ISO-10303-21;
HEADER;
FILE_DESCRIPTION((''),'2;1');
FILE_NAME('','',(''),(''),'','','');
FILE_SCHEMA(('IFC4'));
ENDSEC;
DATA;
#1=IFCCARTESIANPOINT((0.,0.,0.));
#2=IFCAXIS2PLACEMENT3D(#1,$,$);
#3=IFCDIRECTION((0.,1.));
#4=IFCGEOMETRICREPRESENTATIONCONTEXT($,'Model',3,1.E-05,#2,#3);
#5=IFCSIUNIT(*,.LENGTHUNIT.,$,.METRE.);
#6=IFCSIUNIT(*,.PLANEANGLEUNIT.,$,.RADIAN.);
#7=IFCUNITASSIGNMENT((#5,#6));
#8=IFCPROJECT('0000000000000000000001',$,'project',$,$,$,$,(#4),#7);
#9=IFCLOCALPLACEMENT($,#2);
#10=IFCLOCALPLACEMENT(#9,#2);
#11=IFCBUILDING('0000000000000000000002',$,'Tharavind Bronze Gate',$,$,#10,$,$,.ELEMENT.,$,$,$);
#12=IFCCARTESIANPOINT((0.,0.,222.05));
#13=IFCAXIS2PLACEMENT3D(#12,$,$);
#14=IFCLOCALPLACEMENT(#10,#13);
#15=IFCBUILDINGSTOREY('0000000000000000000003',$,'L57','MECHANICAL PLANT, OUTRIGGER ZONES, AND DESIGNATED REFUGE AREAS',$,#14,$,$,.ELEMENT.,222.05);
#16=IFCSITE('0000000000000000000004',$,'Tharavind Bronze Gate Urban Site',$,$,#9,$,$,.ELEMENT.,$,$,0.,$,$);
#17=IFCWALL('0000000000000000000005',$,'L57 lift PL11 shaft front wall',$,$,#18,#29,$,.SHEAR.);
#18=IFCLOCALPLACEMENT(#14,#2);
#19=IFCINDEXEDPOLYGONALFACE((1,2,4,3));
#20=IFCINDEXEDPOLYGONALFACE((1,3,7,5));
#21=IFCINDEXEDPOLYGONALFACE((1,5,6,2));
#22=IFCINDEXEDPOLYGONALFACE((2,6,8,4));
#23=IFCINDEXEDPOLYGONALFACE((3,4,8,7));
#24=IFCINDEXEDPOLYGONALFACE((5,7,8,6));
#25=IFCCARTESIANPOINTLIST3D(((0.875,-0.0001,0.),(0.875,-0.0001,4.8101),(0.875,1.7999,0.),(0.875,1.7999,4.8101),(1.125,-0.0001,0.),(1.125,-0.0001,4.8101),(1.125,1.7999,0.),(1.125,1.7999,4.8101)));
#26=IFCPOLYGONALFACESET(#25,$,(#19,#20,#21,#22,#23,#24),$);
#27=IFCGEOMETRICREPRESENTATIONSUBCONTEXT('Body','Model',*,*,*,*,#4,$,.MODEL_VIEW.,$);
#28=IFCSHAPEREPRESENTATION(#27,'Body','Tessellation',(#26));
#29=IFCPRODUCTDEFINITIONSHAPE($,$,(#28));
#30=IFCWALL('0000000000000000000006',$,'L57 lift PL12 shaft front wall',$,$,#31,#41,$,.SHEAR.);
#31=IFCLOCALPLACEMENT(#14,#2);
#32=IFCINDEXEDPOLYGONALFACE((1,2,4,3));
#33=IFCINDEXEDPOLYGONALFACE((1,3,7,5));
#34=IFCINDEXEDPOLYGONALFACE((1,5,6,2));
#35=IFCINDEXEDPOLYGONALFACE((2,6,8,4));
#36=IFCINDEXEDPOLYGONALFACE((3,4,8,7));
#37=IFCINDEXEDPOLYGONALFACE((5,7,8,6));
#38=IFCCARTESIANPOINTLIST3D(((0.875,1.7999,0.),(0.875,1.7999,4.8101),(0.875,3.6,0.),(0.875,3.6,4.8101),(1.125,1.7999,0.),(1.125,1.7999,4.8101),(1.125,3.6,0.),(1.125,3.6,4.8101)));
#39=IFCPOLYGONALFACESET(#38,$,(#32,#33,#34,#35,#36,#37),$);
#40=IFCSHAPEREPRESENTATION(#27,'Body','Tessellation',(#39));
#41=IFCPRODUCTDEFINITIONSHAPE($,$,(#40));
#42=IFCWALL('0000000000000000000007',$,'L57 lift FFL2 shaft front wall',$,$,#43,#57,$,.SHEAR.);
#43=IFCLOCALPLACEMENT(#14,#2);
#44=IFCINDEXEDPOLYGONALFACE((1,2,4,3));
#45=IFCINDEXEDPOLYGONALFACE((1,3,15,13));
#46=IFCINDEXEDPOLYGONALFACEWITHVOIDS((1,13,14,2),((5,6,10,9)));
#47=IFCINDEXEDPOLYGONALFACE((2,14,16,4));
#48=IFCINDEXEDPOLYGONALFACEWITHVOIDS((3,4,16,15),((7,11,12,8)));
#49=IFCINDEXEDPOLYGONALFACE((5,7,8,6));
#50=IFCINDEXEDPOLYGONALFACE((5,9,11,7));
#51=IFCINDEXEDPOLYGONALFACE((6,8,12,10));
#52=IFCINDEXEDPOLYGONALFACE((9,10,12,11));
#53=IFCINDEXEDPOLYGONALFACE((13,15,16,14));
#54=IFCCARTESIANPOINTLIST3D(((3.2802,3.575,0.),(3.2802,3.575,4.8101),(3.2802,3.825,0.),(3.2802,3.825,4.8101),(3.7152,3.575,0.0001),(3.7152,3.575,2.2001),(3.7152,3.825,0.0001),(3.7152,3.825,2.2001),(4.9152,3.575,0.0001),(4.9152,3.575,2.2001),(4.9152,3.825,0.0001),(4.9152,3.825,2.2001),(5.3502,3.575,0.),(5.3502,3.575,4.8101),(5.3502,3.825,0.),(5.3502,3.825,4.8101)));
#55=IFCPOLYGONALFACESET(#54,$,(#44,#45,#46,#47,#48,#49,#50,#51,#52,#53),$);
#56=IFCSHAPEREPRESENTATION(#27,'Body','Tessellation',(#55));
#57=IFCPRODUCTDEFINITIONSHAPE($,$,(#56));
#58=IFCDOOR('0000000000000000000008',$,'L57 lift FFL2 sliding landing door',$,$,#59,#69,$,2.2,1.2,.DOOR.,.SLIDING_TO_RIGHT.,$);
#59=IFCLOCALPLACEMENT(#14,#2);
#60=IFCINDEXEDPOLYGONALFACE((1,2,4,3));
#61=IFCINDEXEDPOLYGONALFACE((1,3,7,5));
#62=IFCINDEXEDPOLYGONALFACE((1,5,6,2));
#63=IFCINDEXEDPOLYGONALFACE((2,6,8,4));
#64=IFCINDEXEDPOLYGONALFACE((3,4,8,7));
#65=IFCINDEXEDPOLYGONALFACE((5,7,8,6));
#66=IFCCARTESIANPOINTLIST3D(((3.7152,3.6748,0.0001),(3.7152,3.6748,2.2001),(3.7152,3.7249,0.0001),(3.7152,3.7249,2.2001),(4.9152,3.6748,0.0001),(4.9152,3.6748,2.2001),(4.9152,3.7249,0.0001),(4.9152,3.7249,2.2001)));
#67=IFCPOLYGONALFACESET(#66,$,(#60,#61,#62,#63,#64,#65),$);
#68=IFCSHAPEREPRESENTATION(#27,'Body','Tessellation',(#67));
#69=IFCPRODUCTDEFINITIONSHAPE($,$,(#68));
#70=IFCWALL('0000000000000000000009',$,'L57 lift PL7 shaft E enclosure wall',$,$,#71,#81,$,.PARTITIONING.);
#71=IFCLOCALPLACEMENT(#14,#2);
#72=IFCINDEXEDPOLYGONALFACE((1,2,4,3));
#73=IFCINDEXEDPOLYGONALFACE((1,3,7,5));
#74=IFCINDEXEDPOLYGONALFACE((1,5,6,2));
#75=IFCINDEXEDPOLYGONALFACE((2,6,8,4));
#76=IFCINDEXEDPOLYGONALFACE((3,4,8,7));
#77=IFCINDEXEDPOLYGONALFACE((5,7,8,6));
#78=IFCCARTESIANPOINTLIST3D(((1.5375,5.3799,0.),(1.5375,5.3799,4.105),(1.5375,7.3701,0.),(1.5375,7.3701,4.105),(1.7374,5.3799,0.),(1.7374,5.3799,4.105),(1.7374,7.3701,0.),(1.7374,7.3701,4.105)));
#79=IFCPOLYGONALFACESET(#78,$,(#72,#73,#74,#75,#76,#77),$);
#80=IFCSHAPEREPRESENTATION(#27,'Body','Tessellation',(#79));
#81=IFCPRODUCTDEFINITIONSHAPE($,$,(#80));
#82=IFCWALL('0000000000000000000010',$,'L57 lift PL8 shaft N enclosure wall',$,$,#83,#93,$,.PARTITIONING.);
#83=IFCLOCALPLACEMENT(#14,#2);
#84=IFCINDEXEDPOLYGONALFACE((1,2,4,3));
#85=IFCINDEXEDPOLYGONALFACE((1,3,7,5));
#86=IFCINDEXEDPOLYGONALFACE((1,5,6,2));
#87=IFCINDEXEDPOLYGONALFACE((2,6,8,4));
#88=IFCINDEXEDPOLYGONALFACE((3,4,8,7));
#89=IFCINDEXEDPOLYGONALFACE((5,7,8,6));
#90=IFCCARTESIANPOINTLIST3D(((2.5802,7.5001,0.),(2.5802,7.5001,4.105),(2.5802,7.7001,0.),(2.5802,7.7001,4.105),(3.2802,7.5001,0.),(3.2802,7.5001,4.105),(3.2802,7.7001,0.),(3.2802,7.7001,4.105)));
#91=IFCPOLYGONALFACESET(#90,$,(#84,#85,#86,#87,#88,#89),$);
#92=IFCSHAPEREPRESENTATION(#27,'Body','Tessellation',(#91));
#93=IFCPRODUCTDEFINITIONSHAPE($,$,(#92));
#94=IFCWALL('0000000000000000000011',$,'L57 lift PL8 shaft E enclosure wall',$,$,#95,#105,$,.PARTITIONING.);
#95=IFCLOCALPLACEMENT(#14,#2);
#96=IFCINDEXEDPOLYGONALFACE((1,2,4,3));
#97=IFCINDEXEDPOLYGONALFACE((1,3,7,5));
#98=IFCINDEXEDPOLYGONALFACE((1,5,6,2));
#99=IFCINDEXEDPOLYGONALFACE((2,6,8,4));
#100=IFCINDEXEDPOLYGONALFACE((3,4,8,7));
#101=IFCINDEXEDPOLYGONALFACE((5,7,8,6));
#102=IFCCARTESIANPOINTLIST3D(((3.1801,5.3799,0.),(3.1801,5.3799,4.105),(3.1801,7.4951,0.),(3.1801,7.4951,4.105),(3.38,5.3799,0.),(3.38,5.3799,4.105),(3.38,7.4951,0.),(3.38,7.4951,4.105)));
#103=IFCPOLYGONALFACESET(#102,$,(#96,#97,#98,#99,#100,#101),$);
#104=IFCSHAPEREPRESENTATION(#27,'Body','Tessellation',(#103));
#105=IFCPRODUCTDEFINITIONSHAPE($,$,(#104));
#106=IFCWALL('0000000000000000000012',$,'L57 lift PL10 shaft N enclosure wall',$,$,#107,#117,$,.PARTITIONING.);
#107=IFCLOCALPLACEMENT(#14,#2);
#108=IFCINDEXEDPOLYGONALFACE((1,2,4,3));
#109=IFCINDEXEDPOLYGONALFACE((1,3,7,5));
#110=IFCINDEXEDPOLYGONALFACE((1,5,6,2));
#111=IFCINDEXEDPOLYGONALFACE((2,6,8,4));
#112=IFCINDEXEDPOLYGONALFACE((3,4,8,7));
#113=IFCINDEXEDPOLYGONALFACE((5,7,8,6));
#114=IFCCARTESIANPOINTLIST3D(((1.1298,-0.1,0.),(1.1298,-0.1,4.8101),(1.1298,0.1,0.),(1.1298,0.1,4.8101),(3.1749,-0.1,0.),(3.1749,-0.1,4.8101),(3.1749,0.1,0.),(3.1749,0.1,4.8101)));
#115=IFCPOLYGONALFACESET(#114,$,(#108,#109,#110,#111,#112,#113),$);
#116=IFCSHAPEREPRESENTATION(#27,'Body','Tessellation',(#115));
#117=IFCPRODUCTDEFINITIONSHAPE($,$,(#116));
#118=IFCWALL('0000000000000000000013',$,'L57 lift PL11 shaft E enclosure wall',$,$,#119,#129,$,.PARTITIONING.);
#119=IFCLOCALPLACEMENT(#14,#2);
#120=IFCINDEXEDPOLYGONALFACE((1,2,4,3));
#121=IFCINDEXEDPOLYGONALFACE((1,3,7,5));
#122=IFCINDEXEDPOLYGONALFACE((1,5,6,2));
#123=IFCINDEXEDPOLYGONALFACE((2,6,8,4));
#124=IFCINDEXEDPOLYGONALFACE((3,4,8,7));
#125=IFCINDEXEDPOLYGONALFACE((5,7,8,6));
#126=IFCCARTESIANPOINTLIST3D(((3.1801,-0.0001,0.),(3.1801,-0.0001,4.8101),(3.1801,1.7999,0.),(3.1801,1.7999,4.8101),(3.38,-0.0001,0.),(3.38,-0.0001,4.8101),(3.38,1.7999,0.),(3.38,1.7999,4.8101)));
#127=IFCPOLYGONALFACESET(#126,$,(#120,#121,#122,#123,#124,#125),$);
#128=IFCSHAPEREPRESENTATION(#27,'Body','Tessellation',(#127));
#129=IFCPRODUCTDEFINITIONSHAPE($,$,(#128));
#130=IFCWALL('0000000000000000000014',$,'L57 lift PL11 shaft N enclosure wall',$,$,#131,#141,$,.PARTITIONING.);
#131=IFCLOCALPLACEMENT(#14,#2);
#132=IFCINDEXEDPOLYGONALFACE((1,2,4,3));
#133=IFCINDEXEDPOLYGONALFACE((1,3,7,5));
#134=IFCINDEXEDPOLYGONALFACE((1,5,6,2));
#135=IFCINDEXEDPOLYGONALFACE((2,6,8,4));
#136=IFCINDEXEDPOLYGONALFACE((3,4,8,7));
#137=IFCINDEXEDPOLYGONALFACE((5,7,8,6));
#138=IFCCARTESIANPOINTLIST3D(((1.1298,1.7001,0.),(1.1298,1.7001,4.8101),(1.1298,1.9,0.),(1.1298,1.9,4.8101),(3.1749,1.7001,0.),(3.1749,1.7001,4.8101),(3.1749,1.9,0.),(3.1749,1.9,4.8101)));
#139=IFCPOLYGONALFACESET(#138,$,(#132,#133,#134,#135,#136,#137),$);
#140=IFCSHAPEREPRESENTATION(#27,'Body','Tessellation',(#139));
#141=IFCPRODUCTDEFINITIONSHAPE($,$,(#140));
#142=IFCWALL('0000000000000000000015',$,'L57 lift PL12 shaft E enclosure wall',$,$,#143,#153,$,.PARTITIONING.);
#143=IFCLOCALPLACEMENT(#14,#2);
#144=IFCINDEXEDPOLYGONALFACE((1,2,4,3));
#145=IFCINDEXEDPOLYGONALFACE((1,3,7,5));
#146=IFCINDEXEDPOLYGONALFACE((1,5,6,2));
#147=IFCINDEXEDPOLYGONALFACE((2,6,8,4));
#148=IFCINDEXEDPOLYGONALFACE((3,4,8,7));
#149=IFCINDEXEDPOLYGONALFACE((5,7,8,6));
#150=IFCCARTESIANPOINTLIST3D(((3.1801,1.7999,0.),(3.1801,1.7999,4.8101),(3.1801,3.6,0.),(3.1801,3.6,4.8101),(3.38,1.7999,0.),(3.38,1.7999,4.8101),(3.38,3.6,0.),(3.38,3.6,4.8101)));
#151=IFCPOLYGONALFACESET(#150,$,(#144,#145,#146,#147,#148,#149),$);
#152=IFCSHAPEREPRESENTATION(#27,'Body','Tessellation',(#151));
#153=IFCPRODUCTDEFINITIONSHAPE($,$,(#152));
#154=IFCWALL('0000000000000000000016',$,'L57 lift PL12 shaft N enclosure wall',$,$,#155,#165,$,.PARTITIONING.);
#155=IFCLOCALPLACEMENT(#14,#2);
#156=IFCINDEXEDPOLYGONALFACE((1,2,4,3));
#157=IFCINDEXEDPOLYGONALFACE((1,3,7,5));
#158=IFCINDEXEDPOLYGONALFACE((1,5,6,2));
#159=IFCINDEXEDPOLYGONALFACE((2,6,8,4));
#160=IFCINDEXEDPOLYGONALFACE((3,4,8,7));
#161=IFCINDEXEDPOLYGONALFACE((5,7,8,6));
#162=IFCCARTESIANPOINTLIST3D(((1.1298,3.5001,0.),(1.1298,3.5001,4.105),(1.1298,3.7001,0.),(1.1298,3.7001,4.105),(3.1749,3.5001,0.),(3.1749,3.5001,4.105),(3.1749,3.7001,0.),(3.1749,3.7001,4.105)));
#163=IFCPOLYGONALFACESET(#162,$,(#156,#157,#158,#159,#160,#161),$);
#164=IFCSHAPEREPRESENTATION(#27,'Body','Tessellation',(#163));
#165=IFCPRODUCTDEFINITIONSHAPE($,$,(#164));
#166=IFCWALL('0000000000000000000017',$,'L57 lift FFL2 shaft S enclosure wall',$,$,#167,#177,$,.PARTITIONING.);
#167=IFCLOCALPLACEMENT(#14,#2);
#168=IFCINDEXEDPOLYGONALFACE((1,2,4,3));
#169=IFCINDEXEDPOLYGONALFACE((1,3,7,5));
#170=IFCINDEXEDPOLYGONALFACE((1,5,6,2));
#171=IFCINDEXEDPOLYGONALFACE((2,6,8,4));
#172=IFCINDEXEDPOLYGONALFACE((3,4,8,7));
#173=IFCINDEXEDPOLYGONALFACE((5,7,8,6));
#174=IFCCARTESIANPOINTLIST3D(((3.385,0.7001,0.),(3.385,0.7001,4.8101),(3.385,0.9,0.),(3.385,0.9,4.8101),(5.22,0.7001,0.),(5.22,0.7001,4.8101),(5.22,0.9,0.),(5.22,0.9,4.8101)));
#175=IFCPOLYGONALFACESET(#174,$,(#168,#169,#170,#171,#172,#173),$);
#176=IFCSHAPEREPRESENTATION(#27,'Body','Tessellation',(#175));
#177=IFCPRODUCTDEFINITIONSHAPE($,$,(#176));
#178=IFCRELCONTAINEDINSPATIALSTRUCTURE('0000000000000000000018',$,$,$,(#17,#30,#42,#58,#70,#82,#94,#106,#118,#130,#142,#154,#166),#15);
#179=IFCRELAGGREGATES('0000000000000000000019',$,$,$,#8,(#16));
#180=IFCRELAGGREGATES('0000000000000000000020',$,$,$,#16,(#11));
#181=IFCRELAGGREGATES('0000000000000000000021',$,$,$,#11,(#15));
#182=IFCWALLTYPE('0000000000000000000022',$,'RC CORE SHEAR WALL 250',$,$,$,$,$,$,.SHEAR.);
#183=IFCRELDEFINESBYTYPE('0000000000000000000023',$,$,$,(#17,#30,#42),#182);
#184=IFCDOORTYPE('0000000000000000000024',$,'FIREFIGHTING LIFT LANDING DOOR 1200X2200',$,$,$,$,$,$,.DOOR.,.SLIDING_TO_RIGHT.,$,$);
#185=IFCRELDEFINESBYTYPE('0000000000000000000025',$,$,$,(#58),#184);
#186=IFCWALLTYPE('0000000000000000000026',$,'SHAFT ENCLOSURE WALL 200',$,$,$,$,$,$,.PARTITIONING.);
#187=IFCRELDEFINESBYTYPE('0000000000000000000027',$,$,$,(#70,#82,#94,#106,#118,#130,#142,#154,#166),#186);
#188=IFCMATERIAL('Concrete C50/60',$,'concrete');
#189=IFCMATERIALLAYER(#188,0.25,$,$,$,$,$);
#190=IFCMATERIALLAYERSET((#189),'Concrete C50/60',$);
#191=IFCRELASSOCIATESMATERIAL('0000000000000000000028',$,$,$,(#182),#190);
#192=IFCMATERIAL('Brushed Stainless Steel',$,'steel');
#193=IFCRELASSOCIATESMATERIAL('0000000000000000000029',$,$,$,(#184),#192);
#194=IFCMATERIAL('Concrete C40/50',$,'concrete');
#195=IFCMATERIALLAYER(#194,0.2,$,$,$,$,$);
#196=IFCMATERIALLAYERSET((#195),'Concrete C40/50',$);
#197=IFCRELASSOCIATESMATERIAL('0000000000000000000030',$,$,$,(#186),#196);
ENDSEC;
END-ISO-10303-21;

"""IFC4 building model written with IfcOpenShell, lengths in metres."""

from ifc_helpers import new_model, si_unit, direction, frame, frame_2d, origin, place, context, subcontext, project, spatial, rectangle, extrude, material, layer, layer_set, type_object, element, fill, save


model = new_model("IFC4")

# Units and contexts
model_context = context("Model", 3, precision=1e-05, world=origin(), true_north=direction((0.0, 1.0)))
body_context = subcontext(model_context, "Body", "Model", "MODEL_VIEW")
ifc_project = project(units=[si_unit("LENGTHUNIT", "METRE"), si_unit("PLANEANGLEUNIT", "RADIAN")], contexts=[model_context])

# Site, building, storey
site_placement = place(None, origin())
site = spatial("IfcSite", under=ifc_project, at=site_placement, Name="Tharavind Bronze Gate Urban Site", CompositionType="ELEMENT", RefElevation=0.0)
building_placement = place(site_placement, origin())
building = spatial("IfcBuilding", under=site, at=building_placement, Name="Tharavind Bronze Gate", CompositionType="ELEMENT")
storey_placement = place(building_placement, frame((0.0, 0.0, 222.05)))
storey = spatial("IfcBuildingStorey", under=building, at=storey_placement, Name="L57", Description="MECHANICAL PLANT, OUTRIGGER ZONES, AND DESIGNATED REFUGE AREAS", CompositionType="ELEMENT", Elevation=222.05)

# Shared definitions
ifc_material_1 = material(Name="Concrete C50/60", Category="concrete")
ifc_layer_1 = layer(ifc_material_1, 0.25)
ifc_layer_set_1 = layer_set([ifc_layer_1], Name="Concrete C50/60")
wall_type_1 = type_object("IfcWallType", Name="RC CORE SHEAR WALL 250", PredefinedType="SHEAR", material=ifc_layer_set_1)

# Walls
for number, where, z_axis, x_axis, name in (
    (1, (1.0, 0.0, 0.0), (0.0, 0.0, 1.0), (0.0, 1.0, 0.0), "L57 lift PL11 shaft front wall"),
    (2, (1.0, 1.8, 0.0), (0.0, 0.0, 1.0), (0.0, 1.0, 0.0), "L57 lift PL12 shaft front wall"),
):
    element("IfcWall", number, at=place(storey_placement, frame(where, z_axis=z_axis, x_axis=x_axis)), inside=storey, type_object=wall_type_1, Name=name, PredefinedType="SHEAR", context=body_context, shape_type="SweptSolid", body=[
        extrude(rectangle(XDim=1.8, YDim=0.25, at=frame_2d((0.8999, 0.0))), origin(), (0.0, 0.0, 1.0), 4.8101),
    ])

# Wall, opening, door
wall_1_placement = place(storey_placement, frame((3.28, 3.7, 0.0), z_axis=(0.0, 0.0, 1.0), x_axis=(1.0, 0.0, 0.0)))
wall_1 = element("IfcWall", 3, at=wall_1_placement, inside=storey, type_object=wall_type_1, Name="L57 lift FFL2 shaft front wall", PredefinedType="SHEAR", context=body_context, shape_type="SweptSolid", body=[
    extrude(rectangle(XDim=2.0701, YDim=0.25, at=frame_2d((1.0352, 0.0))), origin(), (0.0, 0.0, 1.0), 4.8101),
])
opening_1_placement = place(wall_1_placement, frame((0.4351, 0.0, 0.0)))
opening_1 = element("IfcOpeningElement", 4, at=opening_1_placement, cuts=wall_1, PredefinedType="OPENING", context=body_context, shape_type="SweptSolid", body=[
    extrude(rectangle(XDim=1.2, YDim=2.2, at=frame_2d((0.6001, 1.1001))), frame((0.0, 0.135, 0.0), z_axis=(0.0, -1.0, 0.0), x_axis=(1.0, 0.0, 0.0)), (0.0, 0.0, 1.0), 0.27),
])
ifc_material_2 = material(Name="Brushed Stainless Steel", Category="steel")
door_type_1 = type_object("IfcDoorType", Name="FIREFIGHTING LIFT LANDING DOOR 1200X2200", OperationType="SLIDING_TO_RIGHT", PredefinedType="DOOR", material=ifc_material_2)
door_1_placement = place(opening_1_placement, origin())
door_1 = element("IfcDoor", 5, at=door_1_placement, inside=storey, type_object=door_type_1, Name="L57 lift FFL2 sliding landing door", OperationType="SLIDING_TO_RIGHT", OverallHeight=2.2, OverallWidth=1.2, PredefinedType="DOOR", context=body_context, shape_type="SweptSolid", body=[
    extrude(rectangle(XDim=1.2, YDim=2.2, at=frame_2d((0.6001, 1.1001))), frame((0.0, 0.0249, 0.0), z_axis=(0.0, -1.0, 0.0), x_axis=(1.0, 0.0, 0.0)), (0.0, 0.0, 1.0), 0.05),
])
fill(opening_1, door_1)

# Walls
ifc_material_3 = material(Name="Concrete C40/50", Category="concrete")
ifc_layer_2 = layer(ifc_material_3, 0.2)
ifc_layer_set_2 = layer_set([ifc_layer_2], Name="Concrete C40/50")
wall_type_2 = type_object("IfcWallType", Name="SHAFT ENCLOSURE WALL 200", PredefinedType="PARTITIONING", material=ifc_layer_set_2)
wall_2_placement = place(storey_placement, frame((1.6375, 5.3799, 0.0), z_axis=(0.0, 0.0, 1.0), x_axis=(0.0, 1.0, 0.0)))
element("IfcWall", 6, at=wall_2_placement, inside=storey, type_object=wall_type_2, Name="L57 lift PL7 shaft E enclosure wall", PredefinedType="PARTITIONING", context=body_context, shape_type="SweptSolid", body=[
    extrude(rectangle(XDim=1.9902, YDim=0.2, at=frame_2d((0.9951, 0.0))), origin(), (0.0, 0.0, 1.0), 4.105),
])
wall_3_placement = place(storey_placement, frame((2.5801, 7.6001, 0.0), z_axis=(0.0, 0.0, 1.0), x_axis=(1.0, 0.0, 0.0)))
element("IfcWall", 7, at=wall_3_placement, inside=storey, type_object=wall_type_2, Name="L57 lift PL8 shaft N enclosure wall", PredefinedType="PARTITIONING", context=body_context, shape_type="SweptSolid", body=[
    extrude(rectangle(XDim=0.7, YDim=0.2, at=frame_2d((0.3501, 0.0))), origin(), (0.0, 0.0, 1.0), 4.105),
])
wall_4_placement = place(storey_placement, frame((3.28, 5.3799, 0.0), z_axis=(0.0, 0.0, 1.0), x_axis=(0.0, 1.0, 0.0)))
element("IfcWall", 8, at=wall_4_placement, inside=storey, type_object=wall_type_2, Name="L57 lift PL8 shaft E enclosure wall", PredefinedType="PARTITIONING", context=body_context, shape_type="SweptSolid", body=[
    extrude(rectangle(XDim=2.1152, YDim=0.2, at=frame_2d((1.0576, 0.0))), origin(), (0.0, 0.0, 1.0), 4.105),
])
wall_5_placement = place(storey_placement, frame((1.1299, 0.0, 0.0), z_axis=(0.0, 0.0, 1.0), x_axis=(1.0, 0.0, 0.0)))
element("IfcWall", 9, at=wall_5_placement, inside=storey, type_object=wall_type_2, Name="L57 lift PL10 shaft N enclosure wall", PredefinedType="PARTITIONING", context=body_context, shape_type="SweptSolid", body=[
    extrude(rectangle(XDim=2.0452, YDim=0.2, at=frame_2d((1.0225, 0.0))), origin(), (0.0, 0.0, 1.0), 4.8101),
])
wall_6_placement = place(storey_placement, frame((3.28, 0.0, 0.0), z_axis=(0.0, 0.0, 1.0), x_axis=(0.0, 1.0, 0.0)))
element("IfcWall", 10, at=wall_6_placement, inside=storey, type_object=wall_type_2, Name="L57 lift PL11 shaft E enclosure wall", PredefinedType="PARTITIONING", context=body_context, shape_type="SweptSolid", body=[
    extrude(rectangle(XDim=1.8, YDim=0.2, at=frame_2d((0.8999, 0.0))), origin(), (0.0, 0.0, 1.0), 4.8101),
])
wall_7_placement = place(storey_placement, frame((1.1299, 1.8, 0.0), z_axis=(0.0, 0.0, 1.0), x_axis=(1.0, 0.0, 0.0)))
element("IfcWall", 11, at=wall_7_placement, inside=storey, type_object=wall_type_2, Name="L57 lift PL11 shaft N enclosure wall", PredefinedType="PARTITIONING", context=body_context, shape_type="SweptSolid", body=[
    extrude(rectangle(XDim=2.0452, YDim=0.2, at=frame_2d((1.0225, 0.0))), origin(), (0.0, 0.0, 1.0), 4.8101),
])
wall_8_placement = place(storey_placement, frame((3.28, 1.8, 0.0), z_axis=(0.0, 0.0, 1.0), x_axis=(0.0, 1.0, 0.0)))
element("IfcWall", 12, at=wall_8_placement, inside=storey, type_object=wall_type_2, Name="L57 lift PL12 shaft E enclosure wall", PredefinedType="PARTITIONING", context=body_context, shape_type="SweptSolid", body=[
    extrude(rectangle(XDim=1.8, YDim=0.2, at=frame_2d((0.8999, 0.0))), origin(), (0.0, 0.0, 1.0), 4.8101),
])
wall_9_placement = place(storey_placement, frame((1.1299, 3.6001, 0.0), z_axis=(0.0, 0.0, 1.0), x_axis=(1.0, 0.0, 0.0)))
element("IfcWall", 13, at=wall_9_placement, inside=storey, type_object=wall_type_2, Name="L57 lift PL12 shaft N enclosure wall", PredefinedType="PARTITIONING", context=body_context, shape_type="SweptSolid", body=[
    extrude(rectangle(XDim=2.0452, YDim=0.2, at=frame_2d((1.0225, 0.0))), origin(), (0.0, 0.0, 1.0), 4.105),
])
wall_10_placement = place(storey_placement, frame((3.385, 0.8, 0.0), z_axis=(0.0, 0.0, 1.0), x_axis=(1.0, 0.0, 0.0)))
element("IfcWall", 14, at=wall_10_placement, inside=storey, type_object=wall_type_2, Name="L57 lift FFL2 shaft S enclosure wall", PredefinedType="PARTITIONING", context=body_context, shape_type="SweptSolid", body=[
    extrude(rectangle(XDim=1.835, YDim=0.2, at=frame_2d((0.9175, 0.0))), origin(), (0.0, 0.0, 1.0), 4.8101),
])

save(model, "model.ifc")
